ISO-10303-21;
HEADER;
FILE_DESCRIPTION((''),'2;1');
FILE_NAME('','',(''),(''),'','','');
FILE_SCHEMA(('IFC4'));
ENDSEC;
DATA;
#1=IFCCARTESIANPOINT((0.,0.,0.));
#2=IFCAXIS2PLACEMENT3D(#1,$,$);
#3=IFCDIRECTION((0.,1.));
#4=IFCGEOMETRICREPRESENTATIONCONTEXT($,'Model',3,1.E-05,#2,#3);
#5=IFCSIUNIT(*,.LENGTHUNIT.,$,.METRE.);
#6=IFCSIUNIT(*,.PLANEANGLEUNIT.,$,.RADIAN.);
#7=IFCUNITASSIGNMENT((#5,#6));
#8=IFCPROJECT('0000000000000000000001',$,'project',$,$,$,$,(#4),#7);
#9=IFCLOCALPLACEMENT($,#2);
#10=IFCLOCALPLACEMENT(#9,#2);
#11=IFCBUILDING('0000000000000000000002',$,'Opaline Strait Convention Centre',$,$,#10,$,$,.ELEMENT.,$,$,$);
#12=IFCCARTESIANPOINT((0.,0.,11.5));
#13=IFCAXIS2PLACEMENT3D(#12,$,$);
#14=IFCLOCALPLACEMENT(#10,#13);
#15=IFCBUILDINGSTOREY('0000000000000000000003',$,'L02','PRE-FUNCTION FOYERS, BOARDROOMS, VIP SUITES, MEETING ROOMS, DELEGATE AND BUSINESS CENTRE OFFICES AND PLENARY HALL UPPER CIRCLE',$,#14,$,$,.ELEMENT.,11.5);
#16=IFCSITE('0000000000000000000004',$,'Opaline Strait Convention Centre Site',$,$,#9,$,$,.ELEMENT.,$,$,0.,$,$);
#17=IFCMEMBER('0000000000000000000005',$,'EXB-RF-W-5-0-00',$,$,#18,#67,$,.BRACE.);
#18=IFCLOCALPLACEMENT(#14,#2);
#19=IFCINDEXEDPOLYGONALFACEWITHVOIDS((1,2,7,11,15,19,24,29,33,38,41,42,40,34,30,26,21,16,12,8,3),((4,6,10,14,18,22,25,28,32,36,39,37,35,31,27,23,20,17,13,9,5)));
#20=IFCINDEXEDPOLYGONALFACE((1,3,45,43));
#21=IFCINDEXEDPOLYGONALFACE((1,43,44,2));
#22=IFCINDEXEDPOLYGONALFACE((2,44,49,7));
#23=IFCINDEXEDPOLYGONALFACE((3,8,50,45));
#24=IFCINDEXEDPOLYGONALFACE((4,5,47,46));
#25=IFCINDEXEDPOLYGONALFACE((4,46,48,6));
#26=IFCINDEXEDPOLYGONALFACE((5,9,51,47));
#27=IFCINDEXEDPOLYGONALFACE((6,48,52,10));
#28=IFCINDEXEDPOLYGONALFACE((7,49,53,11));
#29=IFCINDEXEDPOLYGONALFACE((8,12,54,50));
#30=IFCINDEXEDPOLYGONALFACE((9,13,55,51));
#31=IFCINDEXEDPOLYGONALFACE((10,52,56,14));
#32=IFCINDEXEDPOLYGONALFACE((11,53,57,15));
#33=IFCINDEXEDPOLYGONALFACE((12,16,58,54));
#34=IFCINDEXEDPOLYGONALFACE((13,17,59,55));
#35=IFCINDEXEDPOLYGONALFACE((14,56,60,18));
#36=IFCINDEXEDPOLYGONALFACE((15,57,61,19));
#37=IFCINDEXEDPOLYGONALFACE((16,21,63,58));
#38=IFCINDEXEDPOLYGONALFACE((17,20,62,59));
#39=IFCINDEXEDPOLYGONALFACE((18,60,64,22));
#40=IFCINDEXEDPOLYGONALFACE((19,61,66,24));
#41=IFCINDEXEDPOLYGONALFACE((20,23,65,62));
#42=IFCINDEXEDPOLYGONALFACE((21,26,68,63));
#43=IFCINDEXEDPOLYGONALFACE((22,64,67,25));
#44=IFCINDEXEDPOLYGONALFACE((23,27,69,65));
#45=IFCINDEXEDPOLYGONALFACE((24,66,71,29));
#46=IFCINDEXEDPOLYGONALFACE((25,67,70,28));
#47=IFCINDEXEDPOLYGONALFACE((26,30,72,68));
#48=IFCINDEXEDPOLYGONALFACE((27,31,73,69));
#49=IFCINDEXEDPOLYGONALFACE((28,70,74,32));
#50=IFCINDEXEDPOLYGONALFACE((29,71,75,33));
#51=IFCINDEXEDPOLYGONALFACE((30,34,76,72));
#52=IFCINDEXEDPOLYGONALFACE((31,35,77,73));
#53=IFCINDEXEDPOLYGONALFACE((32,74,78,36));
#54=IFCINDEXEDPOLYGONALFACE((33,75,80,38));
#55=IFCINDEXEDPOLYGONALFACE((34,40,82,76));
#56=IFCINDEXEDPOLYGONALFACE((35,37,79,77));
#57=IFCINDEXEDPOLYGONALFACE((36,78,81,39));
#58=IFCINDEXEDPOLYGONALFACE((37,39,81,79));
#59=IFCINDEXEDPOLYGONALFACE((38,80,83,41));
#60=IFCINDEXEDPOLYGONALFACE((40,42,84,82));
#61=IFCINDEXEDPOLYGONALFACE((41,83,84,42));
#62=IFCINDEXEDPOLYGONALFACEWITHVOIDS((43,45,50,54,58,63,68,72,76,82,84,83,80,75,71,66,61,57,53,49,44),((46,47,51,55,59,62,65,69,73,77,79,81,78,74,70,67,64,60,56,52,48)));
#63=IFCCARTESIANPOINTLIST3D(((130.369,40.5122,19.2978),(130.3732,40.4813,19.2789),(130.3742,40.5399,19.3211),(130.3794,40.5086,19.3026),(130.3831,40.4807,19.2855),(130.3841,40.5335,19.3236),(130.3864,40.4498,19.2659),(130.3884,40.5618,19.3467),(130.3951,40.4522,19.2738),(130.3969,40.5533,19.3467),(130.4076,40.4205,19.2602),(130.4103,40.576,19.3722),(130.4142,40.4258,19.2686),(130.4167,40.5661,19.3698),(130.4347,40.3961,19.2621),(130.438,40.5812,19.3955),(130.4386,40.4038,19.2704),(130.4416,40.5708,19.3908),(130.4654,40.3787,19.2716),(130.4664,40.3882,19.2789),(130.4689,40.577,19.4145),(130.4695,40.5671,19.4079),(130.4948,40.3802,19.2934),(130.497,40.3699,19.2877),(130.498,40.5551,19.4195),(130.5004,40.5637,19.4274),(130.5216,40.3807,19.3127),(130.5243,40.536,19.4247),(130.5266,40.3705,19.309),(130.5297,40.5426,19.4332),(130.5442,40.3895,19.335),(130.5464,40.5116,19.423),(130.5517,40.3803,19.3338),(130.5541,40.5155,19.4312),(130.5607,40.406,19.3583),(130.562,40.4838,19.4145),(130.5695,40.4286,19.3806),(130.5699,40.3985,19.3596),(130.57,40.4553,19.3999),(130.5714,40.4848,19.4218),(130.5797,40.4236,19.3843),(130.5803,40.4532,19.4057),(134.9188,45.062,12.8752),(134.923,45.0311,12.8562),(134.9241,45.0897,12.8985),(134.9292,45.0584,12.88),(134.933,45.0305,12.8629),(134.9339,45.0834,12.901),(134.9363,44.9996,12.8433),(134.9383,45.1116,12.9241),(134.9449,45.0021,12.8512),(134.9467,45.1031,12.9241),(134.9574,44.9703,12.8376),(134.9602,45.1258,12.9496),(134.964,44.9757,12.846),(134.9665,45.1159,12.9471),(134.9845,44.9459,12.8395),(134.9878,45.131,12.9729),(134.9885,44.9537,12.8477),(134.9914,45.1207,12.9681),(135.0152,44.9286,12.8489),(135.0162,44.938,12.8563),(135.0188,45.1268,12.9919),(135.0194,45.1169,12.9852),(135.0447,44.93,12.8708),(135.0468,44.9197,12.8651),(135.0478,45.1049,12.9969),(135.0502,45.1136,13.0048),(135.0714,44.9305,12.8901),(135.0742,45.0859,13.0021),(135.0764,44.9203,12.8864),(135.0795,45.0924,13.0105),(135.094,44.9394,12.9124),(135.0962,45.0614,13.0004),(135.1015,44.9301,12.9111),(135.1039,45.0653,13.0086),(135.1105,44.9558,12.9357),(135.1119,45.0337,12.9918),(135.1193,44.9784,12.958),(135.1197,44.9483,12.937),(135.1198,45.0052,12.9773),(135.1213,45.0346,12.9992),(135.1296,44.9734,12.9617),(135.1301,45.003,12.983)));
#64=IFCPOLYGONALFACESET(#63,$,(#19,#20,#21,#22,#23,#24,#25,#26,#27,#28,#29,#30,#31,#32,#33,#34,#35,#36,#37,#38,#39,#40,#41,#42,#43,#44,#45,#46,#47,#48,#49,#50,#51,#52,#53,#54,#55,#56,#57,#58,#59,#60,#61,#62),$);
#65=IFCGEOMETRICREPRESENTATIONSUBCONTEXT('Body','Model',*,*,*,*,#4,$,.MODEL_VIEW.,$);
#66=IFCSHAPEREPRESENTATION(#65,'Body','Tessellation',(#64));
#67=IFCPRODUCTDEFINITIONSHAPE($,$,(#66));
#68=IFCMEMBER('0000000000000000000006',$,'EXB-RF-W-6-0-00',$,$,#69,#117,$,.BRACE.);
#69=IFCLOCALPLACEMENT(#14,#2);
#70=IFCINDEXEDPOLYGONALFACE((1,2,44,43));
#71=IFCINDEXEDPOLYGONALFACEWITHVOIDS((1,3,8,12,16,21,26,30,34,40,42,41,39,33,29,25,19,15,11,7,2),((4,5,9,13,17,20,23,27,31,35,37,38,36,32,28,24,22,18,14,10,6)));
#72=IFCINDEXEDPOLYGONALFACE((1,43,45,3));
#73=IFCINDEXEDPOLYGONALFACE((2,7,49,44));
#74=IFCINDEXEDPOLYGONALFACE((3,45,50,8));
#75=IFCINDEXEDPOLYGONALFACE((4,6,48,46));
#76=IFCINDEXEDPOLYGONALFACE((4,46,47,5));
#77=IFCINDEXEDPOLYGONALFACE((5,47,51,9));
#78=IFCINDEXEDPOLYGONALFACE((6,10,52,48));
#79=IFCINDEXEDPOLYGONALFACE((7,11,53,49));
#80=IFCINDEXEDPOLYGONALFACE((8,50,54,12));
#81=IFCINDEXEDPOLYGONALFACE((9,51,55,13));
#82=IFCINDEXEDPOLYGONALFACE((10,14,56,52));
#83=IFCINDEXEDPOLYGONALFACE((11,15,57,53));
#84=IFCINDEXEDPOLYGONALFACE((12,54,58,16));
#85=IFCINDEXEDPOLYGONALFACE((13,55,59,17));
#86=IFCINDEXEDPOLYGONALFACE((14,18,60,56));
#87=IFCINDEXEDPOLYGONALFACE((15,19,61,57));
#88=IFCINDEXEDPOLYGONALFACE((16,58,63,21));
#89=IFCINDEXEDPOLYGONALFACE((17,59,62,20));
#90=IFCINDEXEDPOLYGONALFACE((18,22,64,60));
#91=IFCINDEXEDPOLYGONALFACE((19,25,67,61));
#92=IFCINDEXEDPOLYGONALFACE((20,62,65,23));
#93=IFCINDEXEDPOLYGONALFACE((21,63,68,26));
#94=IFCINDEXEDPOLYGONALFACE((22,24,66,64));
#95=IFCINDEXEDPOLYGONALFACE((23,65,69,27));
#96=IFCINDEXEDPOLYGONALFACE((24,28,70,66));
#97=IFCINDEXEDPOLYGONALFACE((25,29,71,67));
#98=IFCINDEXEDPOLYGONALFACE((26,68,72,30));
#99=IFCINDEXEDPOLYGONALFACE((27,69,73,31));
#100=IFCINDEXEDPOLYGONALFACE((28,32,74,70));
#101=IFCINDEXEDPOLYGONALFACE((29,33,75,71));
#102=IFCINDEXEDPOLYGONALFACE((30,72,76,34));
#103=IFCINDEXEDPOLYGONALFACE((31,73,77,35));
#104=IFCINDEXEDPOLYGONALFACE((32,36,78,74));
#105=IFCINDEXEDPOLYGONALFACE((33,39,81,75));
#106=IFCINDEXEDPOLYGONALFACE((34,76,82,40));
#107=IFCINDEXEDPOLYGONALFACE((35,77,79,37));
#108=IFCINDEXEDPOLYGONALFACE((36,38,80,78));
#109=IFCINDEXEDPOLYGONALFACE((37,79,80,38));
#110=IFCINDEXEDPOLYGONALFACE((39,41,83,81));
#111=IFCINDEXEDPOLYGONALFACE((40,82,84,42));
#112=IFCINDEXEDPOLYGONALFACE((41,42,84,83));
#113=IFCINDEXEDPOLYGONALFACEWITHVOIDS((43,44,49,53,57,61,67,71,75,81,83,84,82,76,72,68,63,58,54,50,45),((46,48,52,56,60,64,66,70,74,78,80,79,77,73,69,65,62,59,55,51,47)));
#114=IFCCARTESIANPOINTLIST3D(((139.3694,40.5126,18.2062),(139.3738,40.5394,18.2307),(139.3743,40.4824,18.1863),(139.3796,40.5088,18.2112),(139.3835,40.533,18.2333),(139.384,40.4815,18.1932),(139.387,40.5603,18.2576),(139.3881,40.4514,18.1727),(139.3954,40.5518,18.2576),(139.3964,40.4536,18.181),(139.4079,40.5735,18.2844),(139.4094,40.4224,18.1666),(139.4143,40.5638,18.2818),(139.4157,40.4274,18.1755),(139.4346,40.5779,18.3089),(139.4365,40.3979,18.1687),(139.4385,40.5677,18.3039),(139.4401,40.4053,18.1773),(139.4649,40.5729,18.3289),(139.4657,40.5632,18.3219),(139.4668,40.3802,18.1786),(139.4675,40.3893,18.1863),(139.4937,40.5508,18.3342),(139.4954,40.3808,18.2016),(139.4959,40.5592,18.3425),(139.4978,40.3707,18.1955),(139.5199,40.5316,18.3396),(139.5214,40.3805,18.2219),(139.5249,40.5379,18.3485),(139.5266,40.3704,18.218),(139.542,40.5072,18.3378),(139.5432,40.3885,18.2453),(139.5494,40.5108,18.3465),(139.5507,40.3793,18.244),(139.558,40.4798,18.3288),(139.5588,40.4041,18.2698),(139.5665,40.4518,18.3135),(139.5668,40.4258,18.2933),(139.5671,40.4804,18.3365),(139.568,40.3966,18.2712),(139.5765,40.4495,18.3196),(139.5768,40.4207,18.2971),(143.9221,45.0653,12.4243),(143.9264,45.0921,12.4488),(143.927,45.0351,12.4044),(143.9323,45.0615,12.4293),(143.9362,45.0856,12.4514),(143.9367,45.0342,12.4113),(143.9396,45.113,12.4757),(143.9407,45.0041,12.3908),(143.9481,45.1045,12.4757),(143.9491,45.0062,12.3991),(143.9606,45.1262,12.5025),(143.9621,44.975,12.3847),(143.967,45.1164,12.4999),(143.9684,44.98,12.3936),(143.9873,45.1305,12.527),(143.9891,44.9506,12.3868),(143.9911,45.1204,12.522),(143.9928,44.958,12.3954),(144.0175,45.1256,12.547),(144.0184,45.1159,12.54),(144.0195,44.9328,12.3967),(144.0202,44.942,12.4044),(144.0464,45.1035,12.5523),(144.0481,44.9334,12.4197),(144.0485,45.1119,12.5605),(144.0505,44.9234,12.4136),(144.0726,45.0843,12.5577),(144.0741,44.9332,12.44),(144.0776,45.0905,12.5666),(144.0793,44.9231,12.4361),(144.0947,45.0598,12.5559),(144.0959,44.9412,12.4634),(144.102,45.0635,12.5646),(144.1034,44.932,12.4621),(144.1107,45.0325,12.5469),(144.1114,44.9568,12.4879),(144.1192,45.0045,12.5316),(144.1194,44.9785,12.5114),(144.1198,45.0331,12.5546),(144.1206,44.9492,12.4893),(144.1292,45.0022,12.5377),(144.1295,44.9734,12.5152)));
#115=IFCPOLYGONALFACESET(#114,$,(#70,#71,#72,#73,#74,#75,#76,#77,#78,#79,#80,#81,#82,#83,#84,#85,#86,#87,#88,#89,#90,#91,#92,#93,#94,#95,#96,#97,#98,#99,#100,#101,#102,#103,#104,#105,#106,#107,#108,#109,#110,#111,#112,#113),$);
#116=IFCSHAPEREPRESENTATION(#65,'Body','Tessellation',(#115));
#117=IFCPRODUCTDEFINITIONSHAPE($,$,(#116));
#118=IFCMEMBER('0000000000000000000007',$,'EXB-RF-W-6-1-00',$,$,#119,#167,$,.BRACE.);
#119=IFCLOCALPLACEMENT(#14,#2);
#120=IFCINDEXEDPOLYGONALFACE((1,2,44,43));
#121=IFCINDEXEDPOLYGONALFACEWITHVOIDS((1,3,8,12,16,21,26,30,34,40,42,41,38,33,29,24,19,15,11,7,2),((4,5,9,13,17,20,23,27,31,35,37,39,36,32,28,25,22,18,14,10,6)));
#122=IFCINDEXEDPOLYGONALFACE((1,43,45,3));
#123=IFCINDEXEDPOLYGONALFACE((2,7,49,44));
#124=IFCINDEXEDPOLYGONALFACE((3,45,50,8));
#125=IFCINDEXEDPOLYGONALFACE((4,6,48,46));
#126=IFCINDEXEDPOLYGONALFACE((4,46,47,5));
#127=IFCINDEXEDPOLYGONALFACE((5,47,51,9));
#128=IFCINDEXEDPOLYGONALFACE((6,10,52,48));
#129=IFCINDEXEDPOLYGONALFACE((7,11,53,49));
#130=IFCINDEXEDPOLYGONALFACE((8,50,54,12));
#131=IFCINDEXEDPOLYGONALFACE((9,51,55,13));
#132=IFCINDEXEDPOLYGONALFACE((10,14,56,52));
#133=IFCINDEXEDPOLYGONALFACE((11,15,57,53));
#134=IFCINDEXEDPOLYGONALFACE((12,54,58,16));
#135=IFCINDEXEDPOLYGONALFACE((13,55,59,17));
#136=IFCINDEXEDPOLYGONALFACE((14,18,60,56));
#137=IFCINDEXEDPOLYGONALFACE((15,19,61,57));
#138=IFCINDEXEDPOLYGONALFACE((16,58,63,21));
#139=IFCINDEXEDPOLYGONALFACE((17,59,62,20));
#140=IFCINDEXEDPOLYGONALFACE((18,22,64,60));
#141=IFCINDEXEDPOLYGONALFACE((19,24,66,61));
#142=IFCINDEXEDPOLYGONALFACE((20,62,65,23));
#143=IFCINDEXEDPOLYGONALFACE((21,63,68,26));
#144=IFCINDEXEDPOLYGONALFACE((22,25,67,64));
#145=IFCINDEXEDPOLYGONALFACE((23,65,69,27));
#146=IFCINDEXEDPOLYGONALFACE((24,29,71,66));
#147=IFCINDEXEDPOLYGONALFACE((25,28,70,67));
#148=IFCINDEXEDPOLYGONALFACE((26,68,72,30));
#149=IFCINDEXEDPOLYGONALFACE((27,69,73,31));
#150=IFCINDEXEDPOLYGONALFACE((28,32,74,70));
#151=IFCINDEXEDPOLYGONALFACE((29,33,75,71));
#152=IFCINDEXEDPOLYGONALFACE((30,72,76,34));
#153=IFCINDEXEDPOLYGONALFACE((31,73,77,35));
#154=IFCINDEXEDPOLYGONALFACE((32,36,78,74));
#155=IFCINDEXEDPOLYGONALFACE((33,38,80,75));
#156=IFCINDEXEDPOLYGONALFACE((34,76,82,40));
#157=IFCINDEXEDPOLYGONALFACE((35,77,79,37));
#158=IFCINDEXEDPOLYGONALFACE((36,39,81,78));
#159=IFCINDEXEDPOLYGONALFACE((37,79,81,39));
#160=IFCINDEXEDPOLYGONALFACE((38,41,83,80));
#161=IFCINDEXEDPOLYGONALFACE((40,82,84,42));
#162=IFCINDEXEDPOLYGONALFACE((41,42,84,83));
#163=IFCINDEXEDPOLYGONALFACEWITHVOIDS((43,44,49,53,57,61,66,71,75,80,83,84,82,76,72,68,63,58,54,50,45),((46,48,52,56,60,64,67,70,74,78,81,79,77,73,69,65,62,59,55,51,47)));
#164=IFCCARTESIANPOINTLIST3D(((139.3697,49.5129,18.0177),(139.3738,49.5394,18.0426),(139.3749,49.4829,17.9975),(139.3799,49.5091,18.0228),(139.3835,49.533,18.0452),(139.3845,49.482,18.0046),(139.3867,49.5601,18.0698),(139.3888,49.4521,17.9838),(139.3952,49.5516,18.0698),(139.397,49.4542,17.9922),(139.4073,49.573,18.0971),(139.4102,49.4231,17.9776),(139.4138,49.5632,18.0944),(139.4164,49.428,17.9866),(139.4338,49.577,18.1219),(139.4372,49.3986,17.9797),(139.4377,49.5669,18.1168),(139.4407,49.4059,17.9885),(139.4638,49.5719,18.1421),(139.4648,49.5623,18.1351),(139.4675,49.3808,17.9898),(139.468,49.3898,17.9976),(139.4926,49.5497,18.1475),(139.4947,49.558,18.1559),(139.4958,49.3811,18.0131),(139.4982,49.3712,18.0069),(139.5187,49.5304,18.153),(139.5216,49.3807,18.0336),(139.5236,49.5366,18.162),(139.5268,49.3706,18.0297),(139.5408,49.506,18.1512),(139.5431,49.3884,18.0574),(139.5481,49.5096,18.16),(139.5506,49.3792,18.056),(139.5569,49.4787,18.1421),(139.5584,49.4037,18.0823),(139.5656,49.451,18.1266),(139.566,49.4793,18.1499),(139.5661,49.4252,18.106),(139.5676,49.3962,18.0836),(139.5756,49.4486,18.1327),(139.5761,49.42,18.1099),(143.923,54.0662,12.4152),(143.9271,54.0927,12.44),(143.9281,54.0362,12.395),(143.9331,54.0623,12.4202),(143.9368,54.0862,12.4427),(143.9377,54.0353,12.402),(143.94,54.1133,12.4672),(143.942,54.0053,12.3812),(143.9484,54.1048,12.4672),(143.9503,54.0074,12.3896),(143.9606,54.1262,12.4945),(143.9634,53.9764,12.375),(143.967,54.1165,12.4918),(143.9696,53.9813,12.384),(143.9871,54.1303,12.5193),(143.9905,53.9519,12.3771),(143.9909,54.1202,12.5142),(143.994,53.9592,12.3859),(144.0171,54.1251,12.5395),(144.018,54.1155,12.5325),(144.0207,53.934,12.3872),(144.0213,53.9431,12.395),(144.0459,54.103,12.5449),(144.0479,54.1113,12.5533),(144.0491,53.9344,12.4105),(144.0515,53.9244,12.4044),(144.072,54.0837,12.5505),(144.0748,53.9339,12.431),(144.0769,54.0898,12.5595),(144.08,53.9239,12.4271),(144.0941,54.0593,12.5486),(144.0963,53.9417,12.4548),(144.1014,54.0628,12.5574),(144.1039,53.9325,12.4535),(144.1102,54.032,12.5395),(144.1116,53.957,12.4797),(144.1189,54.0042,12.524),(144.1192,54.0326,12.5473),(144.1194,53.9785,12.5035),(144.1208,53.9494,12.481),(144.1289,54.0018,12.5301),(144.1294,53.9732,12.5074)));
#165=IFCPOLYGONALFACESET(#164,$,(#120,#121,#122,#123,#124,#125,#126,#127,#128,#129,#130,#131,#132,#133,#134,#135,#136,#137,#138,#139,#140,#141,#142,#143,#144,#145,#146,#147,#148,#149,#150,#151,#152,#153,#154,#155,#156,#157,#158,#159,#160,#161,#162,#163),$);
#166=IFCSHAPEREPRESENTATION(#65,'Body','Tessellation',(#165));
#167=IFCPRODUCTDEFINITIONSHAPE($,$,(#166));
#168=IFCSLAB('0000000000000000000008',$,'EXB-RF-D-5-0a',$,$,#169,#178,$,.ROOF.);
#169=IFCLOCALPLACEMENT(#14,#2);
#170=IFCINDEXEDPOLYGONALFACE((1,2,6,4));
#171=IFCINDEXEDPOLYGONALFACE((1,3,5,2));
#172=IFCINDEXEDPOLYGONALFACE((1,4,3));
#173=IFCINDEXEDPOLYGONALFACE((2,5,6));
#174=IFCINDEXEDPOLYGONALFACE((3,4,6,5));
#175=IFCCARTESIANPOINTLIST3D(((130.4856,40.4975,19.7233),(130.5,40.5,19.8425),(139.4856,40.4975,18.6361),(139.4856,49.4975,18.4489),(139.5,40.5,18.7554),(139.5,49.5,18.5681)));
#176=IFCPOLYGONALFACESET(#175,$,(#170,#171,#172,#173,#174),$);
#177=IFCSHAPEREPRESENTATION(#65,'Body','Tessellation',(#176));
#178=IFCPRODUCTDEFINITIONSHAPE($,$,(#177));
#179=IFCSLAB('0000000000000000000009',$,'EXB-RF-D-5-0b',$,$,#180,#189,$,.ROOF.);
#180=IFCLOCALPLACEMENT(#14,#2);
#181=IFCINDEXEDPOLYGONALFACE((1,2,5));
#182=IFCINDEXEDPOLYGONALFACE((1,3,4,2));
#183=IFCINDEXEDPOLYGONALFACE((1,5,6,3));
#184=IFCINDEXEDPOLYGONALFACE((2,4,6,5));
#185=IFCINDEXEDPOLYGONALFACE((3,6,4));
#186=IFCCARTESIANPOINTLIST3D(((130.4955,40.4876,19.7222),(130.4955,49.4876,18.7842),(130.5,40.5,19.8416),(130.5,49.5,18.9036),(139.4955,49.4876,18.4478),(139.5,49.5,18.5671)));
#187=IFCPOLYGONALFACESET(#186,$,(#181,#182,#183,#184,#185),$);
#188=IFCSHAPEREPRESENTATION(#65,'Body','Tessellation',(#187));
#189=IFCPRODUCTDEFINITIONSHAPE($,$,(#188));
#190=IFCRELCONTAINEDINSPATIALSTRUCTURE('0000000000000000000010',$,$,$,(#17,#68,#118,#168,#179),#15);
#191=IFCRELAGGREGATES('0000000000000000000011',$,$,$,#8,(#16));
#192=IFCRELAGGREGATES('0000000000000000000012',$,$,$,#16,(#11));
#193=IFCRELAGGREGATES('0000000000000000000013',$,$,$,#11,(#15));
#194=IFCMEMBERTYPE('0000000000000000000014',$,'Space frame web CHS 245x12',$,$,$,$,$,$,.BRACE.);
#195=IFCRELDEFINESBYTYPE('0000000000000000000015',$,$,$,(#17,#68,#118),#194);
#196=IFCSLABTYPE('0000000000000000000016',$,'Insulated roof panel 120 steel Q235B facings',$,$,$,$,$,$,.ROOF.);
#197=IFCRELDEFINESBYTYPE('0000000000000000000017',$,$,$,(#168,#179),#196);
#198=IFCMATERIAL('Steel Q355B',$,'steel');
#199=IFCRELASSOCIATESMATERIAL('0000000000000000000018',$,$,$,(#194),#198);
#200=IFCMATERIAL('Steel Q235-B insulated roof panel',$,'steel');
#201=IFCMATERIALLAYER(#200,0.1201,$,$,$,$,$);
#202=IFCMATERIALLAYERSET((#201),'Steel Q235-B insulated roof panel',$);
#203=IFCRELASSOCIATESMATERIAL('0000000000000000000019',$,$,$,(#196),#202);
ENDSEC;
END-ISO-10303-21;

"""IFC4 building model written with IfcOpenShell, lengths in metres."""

from ifc_helpers import new_model, si_unit, direction, frame, origin, origin_2d, place, context, subcontext, project, spatial, polyline, hollow_circle, outline, extrude, material, layer, layer_set, material_profile, profile_set, type_object, element, save


model = new_model("IFC4")

# Units and contexts
model_context = context("Model", 3, precision=1e-05, world=origin(), true_north=direction((0.0, 1.0)))
body_context = subcontext(model_context, "Body", "Model", "MODEL_VIEW")
ifc_project = project(units=[si_unit("LENGTHUNIT", "METRE"), si_unit("PLANEANGLEUNIT", "RADIAN")], contexts=[model_context])

# Site, building, storey
site_placement = place(None, origin())
site = spatial("IfcSite", under=ifc_project, at=site_placement, Name="Opaline Strait Convention Centre Site", CompositionType="ELEMENT", RefElevation=0.0)
building_placement = place(site_placement, origin())
building = spatial("IfcBuilding", under=site, at=building_placement, Name="Opaline Strait Convention Centre", CompositionType="ELEMENT")
storey_placement = place(building_placement, frame((0.0, 0.0, 11.5)))
storey = spatial("IfcBuildingStorey", under=building, at=storey_placement, Name="L02", Description="PRE-FUNCTION FOYERS, BOARDROOMS, VIP SUITES, MEETING ROOMS, DELEGATE AND BUSINESS CENTRE OFFICES AND PLENARY HALL UPPER CIRCLE", CompositionType="ELEMENT", Elevation=11.5)

# Members
ifc_material_1 = material(Name="Steel Q355B", Category="steel")
ifc_material_profile_1 = material_profile(ifc_material_1, hollow_circle(Radius=0.1226, WallThickness=0.012, at=origin_2d()), Name="CHS 245x12")
ifc_profile_set_1 = profile_set([ifc_material_profile_1], Name="Steel Q355B")
member_type_1 = type_object("IfcMemberType", Name="Space frame web CHS 245x12", PredefinedType="BRACE", material=ifc_profile_set_1)
member_1_placement = place(storey_placement, frame((130.4751, 40.4751, 19.3467), z_axis=(0.500458, 0.500458, -0.706458), x_axis=(-0.707107, 0.707107, 0.0)))
element("IfcMember", 1, at=member_1_placement, inside=storey, type_object=member_type_1, Name="EXB-RF-W-5-0-00", PredefinedType="BRACE", context=body_context, shape_type="SweptSolid", body=[
    extrude(hollow_circle(Radius=0.1226, WallThickness=0.012, at=origin_2d()), origin(), (0.0, 0.0, 1.0), 9.0913),
])
member_2_placement = place(storey_placement, frame((139.4736, 40.4736, 18.2576), z_axis=(0.526104, 0.526104, -0.668153), x_axis=(-0.707107, 0.707107, 0.0)))
element("IfcMember", 2, at=member_2_placement, inside=storey, type_object=member_type_1, Name="EXB-RF-W-6-0-00", PredefinedType="BRACE", context=body_context, shape_type="SweptSolid", body=[
    extrude(hollow_circle(Radius=0.1226, WallThickness=0.012, at=origin_2d()), origin(), (0.0, 0.0, 1.0), 8.6536),
])
member_3_placement = place(storey_placement, frame((139.4734, 49.4734, 18.0698), z_axis=(0.533455, 0.533455, -0.656393), x_axis=(-0.707107, 0.707107, 0.0)))
element("IfcMember", 3, at=member_3_placement, inside=storey, type_object=member_type_1, Name="EXB-RF-W-6-1-00", PredefinedType="BRACE", context=body_context, shape_type="SweptSolid", body=[
    extrude(hollow_circle(Radius=0.1226, WallThickness=0.012, at=origin_2d()), origin(), (0.0, 0.0, 1.0), 8.5354),
])

# Slabs
ifc_material_2 = material(Name="Steel Q235-B insulated roof panel", Category="steel")
ifc_layer_1 = layer(ifc_material_2, 0.1201)
ifc_layer_set_1 = layer_set([ifc_layer_1], Name="Steel Q235-B insulated roof panel")
slab_type = type_object("IfcSlabType", Name="Insulated roof panel 120 steel Q235B facings", PredefinedType="ROOF", material=ifc_layer_set_1)
slab_1_placement = place(storey_placement, frame((130.5, 40.5, 19.8425), z_axis=(0.119898, 0.020652, 0.992571), x_axis=(0.992783, 0.0, -0.119924)))
element("IfcSlab", 4, at=slab_1_placement, inside=storey, type_object=slab_type, Name="EXB-RF-D-5-0a", PredefinedType="ROOF", context=body_context, shape_type="SweptSolid", body=[
    extrude(outline(polyline([(0.0, 0.0), (9.0654, 0.0), (9.0879, 9.0019), (0.0, 0.0)])), origin(), (0.0, 0.0, -1.0), 0.1201),
])
slab_2_placement = place(storey_placement, frame((130.5, 40.5, 19.8416), z_axis=(0.037154, 0.103588, 0.993926), x_axis=(0.703589, 0.703589, -0.099629)))
element("IfcSlab", 5, at=slab_2_placement, inside=storey, type_object=slab_type, Name="EXB-RF-D-5-0b", PredefinedType="ROOF", context=body_context, shape_type="SweptSolid", body=[
    extrude(outline(polyline([(0.0, 0.0), (12.7916, 0.0), (6.4257, 6.371), (0.0, 0.0)])), origin(), (0.0, 0.0, -1.0), 0.1201),
])

save(model, "model.ifc")
